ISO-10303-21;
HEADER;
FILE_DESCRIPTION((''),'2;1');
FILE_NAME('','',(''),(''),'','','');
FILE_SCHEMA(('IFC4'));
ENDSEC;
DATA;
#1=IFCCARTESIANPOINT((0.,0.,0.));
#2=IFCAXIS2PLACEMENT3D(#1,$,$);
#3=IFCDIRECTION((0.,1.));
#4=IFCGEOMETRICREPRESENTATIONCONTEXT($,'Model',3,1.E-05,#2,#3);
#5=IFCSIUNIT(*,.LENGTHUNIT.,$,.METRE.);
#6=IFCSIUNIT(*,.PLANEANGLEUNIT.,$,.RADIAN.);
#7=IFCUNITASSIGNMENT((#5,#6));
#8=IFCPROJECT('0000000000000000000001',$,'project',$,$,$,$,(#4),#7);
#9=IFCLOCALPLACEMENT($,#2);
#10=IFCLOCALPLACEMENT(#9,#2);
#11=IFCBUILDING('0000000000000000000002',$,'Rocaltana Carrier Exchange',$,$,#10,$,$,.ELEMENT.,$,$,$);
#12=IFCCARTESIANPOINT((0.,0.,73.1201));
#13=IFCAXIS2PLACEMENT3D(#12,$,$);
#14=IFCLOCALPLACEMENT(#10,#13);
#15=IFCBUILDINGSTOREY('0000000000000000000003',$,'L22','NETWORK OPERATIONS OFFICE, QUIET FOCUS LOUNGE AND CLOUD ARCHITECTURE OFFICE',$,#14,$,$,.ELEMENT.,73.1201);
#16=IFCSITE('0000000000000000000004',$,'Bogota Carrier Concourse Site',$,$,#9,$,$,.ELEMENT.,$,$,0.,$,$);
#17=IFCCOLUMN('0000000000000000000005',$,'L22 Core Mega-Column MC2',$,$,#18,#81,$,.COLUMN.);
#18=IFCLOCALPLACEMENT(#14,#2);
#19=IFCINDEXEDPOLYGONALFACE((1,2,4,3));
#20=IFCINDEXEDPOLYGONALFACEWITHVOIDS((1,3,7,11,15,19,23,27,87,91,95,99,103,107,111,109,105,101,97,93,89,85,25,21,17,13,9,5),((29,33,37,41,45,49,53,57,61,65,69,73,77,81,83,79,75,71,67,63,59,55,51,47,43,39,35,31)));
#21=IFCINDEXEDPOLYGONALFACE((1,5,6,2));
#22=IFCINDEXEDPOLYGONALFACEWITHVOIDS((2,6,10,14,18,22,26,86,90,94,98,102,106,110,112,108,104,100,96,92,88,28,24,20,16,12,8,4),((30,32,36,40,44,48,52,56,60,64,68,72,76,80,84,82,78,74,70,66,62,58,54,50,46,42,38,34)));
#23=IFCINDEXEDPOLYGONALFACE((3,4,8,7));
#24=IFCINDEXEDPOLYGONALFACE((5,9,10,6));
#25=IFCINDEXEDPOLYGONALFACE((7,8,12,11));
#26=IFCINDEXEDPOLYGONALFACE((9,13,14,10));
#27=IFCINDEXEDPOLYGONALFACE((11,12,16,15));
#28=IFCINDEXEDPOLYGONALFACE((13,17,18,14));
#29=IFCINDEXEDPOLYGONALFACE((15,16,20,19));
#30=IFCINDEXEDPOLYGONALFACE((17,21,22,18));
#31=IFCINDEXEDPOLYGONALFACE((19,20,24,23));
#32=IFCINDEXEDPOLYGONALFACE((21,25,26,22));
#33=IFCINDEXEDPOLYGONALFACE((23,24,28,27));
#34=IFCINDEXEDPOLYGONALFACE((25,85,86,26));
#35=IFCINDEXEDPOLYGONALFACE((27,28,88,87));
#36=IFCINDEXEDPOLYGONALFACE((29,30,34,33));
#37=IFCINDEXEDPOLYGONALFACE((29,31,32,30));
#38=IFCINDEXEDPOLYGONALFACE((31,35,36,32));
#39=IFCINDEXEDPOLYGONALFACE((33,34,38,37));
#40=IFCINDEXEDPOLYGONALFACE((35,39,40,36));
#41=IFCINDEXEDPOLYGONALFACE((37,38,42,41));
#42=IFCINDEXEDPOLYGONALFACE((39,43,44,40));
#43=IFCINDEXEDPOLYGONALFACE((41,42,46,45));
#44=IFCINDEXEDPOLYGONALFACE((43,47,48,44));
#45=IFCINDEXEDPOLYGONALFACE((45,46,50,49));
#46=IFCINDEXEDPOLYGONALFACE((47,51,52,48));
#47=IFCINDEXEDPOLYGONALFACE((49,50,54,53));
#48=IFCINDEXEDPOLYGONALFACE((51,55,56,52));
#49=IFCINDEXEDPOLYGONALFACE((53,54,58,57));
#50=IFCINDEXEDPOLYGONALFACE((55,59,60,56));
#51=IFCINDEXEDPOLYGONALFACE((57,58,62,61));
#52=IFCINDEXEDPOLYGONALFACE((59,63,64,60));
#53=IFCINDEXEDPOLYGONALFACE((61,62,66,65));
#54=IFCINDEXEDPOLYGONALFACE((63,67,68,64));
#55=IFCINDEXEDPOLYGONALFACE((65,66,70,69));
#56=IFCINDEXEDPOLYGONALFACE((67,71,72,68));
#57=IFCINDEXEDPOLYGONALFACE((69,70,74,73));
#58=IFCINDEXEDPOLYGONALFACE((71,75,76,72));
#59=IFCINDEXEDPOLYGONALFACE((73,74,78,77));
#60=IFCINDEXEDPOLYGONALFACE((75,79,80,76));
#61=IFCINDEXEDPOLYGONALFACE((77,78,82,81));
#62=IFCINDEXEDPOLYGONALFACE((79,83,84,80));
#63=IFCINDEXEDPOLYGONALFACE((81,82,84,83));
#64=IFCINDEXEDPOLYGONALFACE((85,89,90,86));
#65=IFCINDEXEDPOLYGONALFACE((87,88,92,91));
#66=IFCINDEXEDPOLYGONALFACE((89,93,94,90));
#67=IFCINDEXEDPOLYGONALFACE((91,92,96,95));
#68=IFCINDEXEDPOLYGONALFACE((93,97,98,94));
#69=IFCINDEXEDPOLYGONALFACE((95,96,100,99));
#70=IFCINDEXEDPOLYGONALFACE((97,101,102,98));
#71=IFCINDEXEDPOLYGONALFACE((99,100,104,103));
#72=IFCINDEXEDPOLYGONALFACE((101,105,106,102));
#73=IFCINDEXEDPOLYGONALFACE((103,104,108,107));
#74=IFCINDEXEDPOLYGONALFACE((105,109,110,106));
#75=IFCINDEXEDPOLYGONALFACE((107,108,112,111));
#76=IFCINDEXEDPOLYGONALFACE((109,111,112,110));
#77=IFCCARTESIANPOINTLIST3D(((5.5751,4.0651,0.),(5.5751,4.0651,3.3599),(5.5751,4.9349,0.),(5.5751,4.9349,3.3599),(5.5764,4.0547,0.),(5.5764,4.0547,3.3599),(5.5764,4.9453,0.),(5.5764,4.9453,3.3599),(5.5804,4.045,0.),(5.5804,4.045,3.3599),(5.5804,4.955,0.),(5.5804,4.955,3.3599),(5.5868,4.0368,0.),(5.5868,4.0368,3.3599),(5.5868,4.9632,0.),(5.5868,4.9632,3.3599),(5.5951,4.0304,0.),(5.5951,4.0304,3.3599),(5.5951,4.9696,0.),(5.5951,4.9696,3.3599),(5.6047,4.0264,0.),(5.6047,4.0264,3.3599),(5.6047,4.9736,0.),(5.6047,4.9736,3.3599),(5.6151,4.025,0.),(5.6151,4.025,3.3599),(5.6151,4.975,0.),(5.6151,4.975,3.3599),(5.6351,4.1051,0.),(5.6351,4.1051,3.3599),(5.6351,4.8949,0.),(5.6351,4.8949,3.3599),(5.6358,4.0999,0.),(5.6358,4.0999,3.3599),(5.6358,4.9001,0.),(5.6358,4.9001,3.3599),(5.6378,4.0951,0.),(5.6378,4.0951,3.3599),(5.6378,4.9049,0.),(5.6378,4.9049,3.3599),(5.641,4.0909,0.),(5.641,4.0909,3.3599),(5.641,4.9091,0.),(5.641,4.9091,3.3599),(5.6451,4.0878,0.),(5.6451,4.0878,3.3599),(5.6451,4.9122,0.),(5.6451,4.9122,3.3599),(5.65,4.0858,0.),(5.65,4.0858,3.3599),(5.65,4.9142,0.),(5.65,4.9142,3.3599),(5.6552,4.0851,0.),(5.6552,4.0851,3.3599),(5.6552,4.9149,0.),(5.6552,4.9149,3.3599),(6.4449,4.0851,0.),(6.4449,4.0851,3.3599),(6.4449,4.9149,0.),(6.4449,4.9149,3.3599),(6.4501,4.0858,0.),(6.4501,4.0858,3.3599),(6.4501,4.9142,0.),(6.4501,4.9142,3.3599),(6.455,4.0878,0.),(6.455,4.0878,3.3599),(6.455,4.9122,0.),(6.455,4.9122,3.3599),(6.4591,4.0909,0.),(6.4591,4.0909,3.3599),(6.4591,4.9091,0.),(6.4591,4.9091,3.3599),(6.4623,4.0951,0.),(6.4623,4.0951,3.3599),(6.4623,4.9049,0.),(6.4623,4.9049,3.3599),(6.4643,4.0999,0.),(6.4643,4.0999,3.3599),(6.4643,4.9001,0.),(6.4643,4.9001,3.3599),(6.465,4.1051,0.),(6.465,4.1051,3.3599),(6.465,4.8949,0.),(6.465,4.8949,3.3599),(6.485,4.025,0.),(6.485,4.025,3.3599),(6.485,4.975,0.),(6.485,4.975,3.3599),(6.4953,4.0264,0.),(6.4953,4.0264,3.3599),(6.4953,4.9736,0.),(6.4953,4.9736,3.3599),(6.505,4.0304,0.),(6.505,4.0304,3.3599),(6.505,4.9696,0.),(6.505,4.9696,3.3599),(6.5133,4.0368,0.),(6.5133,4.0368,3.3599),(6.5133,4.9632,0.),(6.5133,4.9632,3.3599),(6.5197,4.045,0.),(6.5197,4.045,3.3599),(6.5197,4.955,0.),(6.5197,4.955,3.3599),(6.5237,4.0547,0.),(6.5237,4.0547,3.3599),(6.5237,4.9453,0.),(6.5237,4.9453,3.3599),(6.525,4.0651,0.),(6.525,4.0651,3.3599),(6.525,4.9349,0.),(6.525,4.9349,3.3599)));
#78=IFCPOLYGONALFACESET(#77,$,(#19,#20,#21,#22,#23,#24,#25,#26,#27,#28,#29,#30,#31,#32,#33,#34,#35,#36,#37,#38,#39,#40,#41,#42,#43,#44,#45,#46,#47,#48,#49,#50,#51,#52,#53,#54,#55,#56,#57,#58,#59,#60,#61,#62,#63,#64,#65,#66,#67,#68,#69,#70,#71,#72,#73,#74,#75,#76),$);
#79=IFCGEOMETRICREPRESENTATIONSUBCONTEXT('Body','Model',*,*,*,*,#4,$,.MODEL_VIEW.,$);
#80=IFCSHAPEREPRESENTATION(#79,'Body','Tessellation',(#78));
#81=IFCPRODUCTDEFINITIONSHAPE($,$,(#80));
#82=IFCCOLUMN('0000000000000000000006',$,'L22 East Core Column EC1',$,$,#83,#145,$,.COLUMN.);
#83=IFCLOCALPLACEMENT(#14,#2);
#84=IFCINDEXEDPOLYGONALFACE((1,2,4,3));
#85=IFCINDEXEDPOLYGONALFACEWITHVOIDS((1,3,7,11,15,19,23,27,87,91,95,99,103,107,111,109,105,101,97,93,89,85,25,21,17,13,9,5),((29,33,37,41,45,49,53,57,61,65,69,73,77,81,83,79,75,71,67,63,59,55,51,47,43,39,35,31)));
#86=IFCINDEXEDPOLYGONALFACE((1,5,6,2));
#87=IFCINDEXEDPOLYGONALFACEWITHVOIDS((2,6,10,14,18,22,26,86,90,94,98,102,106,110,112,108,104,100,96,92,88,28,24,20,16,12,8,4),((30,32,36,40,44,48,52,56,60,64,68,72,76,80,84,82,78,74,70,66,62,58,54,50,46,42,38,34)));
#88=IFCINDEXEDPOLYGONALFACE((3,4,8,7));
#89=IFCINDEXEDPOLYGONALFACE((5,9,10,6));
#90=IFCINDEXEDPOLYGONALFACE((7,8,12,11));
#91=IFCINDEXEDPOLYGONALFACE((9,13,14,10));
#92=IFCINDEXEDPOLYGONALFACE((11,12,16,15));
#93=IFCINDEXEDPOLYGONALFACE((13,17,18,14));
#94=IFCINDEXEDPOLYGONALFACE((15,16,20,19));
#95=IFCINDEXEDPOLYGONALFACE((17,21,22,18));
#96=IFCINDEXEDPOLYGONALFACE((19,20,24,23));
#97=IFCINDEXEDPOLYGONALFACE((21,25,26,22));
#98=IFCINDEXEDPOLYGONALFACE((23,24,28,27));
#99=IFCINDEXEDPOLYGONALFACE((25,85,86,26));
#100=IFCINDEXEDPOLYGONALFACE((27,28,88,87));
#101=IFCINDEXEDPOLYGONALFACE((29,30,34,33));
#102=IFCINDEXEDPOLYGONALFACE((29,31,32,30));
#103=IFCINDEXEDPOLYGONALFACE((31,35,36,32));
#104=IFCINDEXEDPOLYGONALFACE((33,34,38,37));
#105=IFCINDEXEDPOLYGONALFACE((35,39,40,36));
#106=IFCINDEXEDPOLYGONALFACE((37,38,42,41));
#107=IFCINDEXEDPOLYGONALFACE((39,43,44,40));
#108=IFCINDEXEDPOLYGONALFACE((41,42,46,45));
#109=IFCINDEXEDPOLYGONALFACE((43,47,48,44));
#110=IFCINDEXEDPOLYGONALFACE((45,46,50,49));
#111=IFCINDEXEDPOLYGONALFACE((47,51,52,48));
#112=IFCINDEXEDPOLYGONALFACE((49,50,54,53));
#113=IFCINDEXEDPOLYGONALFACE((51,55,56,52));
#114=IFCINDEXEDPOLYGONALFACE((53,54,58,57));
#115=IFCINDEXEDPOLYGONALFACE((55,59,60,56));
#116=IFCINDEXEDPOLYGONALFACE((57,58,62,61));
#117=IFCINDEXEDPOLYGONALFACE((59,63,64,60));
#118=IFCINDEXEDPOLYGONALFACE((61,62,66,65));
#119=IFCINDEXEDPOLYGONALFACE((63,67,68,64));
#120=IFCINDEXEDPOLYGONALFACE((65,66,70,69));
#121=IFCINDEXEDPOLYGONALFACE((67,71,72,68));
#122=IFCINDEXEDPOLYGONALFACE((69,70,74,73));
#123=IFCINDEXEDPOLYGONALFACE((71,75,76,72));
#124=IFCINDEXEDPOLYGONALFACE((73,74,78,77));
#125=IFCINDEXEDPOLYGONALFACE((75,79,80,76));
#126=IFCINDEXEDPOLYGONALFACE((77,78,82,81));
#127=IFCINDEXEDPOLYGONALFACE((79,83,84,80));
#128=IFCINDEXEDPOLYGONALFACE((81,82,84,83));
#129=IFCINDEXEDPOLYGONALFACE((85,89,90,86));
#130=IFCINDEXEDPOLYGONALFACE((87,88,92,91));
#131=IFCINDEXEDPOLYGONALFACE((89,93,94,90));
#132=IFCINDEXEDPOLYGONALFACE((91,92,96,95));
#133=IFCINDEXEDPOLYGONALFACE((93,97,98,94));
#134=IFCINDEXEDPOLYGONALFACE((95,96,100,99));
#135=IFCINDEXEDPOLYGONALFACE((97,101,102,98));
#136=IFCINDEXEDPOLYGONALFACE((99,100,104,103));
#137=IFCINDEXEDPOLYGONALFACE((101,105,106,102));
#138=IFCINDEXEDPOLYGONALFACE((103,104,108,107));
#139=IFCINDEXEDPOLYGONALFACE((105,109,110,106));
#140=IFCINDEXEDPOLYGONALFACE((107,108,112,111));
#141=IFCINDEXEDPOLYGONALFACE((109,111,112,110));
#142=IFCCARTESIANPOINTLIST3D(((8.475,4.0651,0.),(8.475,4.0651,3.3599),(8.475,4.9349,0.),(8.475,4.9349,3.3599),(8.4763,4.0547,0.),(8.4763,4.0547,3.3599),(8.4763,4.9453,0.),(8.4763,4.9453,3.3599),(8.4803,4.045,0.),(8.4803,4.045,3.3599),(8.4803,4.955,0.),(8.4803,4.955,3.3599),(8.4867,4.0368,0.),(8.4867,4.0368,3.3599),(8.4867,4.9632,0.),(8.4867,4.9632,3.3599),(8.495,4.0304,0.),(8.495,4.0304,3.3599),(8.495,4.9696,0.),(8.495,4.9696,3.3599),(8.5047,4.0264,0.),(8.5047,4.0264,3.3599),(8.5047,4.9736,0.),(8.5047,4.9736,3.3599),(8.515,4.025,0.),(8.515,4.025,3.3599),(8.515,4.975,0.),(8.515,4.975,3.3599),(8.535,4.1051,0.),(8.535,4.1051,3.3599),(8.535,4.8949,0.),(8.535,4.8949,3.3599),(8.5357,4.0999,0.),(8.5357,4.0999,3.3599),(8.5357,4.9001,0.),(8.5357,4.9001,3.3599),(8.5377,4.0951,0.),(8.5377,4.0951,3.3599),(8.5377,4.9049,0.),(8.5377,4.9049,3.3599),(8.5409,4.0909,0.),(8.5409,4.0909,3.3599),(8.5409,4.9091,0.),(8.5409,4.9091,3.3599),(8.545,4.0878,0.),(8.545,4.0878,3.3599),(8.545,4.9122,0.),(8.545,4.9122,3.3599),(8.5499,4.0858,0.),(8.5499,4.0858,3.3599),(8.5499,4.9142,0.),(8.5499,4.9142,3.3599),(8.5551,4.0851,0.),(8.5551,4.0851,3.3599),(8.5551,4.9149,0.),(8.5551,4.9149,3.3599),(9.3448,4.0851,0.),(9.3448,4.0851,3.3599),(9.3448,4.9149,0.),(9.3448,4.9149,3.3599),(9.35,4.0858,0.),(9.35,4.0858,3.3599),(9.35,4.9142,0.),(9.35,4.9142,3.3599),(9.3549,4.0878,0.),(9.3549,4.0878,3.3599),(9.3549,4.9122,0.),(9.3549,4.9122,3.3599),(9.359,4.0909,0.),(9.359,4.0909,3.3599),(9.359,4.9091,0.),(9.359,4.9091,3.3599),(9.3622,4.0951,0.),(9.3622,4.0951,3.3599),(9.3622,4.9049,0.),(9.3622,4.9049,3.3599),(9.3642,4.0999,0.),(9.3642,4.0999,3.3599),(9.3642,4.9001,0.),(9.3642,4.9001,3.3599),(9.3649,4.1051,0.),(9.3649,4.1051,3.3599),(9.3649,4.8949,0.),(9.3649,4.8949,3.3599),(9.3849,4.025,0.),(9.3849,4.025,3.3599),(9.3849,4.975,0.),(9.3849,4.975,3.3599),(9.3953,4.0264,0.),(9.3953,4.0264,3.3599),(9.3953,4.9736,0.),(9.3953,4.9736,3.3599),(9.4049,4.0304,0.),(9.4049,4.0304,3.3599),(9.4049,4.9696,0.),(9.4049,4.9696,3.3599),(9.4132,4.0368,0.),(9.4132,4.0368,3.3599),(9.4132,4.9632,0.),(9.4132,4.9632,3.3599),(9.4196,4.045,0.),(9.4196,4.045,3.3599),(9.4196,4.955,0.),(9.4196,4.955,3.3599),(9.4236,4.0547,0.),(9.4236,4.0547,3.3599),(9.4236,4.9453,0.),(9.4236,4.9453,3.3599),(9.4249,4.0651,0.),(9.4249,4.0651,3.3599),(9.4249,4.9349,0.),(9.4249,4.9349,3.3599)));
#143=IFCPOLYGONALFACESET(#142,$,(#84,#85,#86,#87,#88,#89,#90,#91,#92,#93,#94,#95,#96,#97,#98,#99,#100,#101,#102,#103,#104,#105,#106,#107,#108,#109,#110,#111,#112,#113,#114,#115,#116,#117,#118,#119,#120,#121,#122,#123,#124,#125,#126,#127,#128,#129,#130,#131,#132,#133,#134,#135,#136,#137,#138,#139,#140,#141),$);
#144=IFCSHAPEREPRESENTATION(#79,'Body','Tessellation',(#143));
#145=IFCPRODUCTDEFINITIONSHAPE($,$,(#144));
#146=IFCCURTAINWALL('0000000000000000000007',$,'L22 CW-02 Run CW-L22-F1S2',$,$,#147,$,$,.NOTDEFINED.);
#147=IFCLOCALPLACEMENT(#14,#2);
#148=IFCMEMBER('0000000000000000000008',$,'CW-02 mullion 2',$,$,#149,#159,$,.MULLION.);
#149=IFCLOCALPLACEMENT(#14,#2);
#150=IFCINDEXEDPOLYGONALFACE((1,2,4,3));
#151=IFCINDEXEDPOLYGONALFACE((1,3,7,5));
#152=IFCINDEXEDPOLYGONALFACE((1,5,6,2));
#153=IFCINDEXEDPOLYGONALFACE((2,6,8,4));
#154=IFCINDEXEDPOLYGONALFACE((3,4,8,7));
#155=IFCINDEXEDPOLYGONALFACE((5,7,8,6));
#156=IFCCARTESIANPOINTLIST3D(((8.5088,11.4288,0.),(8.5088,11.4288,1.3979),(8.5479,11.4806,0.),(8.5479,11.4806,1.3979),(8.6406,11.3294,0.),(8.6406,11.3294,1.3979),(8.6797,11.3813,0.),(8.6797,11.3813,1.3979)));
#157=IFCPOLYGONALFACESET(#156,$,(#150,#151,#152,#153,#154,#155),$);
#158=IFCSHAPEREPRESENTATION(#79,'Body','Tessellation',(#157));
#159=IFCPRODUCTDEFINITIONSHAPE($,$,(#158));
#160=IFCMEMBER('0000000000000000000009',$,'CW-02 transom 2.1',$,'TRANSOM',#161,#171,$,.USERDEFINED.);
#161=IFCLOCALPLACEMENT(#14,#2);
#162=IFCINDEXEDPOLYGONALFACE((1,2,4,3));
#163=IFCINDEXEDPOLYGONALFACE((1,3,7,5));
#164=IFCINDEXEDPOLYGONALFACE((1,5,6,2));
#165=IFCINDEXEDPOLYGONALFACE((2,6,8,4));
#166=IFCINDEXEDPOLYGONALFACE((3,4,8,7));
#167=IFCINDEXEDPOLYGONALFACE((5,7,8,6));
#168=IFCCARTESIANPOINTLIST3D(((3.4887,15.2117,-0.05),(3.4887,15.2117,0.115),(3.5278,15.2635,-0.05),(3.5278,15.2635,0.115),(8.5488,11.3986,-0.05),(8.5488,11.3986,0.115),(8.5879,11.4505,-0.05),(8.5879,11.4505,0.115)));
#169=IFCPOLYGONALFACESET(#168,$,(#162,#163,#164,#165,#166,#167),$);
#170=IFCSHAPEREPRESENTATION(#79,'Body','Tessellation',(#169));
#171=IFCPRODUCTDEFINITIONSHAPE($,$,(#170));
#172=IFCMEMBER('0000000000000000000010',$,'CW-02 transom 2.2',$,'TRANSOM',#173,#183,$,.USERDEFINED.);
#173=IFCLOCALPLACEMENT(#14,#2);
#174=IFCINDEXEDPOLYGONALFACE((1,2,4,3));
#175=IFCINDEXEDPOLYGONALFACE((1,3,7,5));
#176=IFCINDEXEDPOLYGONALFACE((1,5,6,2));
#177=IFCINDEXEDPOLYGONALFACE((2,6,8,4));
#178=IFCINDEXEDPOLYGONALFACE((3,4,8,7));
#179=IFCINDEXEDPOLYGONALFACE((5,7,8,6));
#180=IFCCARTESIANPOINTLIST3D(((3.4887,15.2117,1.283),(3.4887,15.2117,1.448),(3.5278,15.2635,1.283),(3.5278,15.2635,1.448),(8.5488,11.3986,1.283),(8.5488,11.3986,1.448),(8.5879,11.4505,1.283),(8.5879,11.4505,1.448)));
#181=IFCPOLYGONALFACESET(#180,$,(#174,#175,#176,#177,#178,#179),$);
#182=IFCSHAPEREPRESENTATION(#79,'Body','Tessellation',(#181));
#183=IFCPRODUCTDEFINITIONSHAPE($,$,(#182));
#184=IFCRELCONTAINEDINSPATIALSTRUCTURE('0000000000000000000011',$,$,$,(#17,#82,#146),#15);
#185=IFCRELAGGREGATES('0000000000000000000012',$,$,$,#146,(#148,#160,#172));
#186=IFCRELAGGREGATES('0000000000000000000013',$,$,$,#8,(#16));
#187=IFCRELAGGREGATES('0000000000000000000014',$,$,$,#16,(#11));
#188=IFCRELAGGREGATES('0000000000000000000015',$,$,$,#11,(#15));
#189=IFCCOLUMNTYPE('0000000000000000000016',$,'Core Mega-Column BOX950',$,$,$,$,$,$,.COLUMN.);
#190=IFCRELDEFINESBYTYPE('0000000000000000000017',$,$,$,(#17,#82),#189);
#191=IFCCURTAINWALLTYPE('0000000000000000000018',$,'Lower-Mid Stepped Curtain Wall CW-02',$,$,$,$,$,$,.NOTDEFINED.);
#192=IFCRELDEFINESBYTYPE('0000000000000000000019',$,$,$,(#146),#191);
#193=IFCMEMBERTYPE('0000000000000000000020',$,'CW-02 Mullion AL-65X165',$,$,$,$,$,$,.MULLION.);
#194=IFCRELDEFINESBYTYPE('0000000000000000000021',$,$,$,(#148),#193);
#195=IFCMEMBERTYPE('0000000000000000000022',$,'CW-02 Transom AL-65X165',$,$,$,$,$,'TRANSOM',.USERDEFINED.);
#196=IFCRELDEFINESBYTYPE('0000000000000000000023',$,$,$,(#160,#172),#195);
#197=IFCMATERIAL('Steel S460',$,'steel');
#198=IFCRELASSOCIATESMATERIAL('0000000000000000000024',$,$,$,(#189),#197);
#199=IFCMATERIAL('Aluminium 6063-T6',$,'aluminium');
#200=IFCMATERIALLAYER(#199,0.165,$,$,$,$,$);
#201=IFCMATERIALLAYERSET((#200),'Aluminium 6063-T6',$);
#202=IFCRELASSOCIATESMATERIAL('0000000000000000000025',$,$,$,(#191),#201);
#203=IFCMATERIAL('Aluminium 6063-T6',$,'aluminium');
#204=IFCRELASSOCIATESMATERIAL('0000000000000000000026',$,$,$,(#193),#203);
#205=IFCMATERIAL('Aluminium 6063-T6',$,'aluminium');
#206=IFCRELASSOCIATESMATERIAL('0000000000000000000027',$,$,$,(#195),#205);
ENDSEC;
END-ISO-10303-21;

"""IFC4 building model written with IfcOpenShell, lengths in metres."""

from ifc_helpers import new_model, si_unit, direction, frame, origin, origin_2d, place, context, subcontext, project, spatial, rectangle, hollow_rectangle, extrude, material, layer, layer_set, material_profile, profile_set, type_object, element, aggregate, save


model = new_model("IFC4")

# Units and contexts
model_context = context("Model", 3, precision=1e-05, world=origin(), true_north=direction((0.0, 1.0)))
body_context = subcontext(model_context, "Body", "Model", "MODEL_VIEW")
ifc_project = project(units=[si_unit("LENGTHUNIT", "METRE"), si_unit("PLANEANGLEUNIT", "RADIAN")], contexts=[model_context])

# Site, building, storey
site_placement = place(None, origin())
site = spatial("IfcSite", under=ifc_project, at=site_placement, Name="Bogota Carrier Concourse Site", CompositionType="ELEMENT", RefElevation=0.0)
building_placement = place(site_placement, origin())
building = spatial("IfcBuilding", under=site, at=building_placement, Name="Rocaltana Carrier Exchange", CompositionType="ELEMENT")
storey_placement = place(building_placement, frame((0.0, 0.0, 73.1201)))
storey = spatial("IfcBuildingStorey", under=building, at=storey_placement, Name="L22", Description="NETWORK OPERATIONS OFFICE, QUIET FOCUS LOUNGE AND CLOUD ARCHITECTURE OFFICE", CompositionType="ELEMENT", Elevation=73.1201)

# Columns
ifc_material_1 = material(Name="Steel S460", Category="steel")
ifc_material_profile_1 = material_profile(ifc_material_1, hollow_rectangle(XDim=0.95, YDim=0.95, WallThickness=0.0601, InnerFilletRadius=0.02, OuterFilletRadius=0.04, at=origin_2d()), Name="BOX950X950X60")
ifc_profile_set_1 = profile_set([ifc_material_profile_1], Name="Steel S460")
column_type = type_object("IfcColumnType", Name="Core Mega-Column BOX950", PredefinedType="COLUMN", material=ifc_profile_set_1)
for number, where, z_axis, x_axis, name in (
    (1, (6.05, 4.5, 0.0), (0.0, 0.0, 1.0), (1.0, 0.0, 0.0), "L22 Core Mega-Column MC2"),
    (2, (8.95, 4.5, 0.0), (0.0, 0.0, 1.0), (1.0, 0.0, 0.0), "L22 East Core Column EC1"),
):
    element("IfcColumn", number, at=place(storey_placement, frame(where, z_axis=z_axis, x_axis=x_axis)), inside=storey, type_object=column_type, Name=name, PredefinedType="COLUMN", context=body_context, shape_type="SweptSolid", body=[
        extrude(hollow_rectangle(XDim=0.95, YDim=0.95, WallThickness=0.0601, InnerFilletRadius=0.02, OuterFilletRadius=0.04, at=origin_2d()), origin(), (0.0, 0.0, 1.0), 3.3599),
    ])

# Curtain wall, members
ifc_material_2 = material(Name="Aluminium 6063-T6", Category="aluminium")
ifc_layer_1 = layer(ifc_material_2, 0.165)
ifc_layer_set_1 = layer_set([ifc_layer_1], Name="Aluminium 6063-T6")
curtain_wall_type = type_object("IfcCurtainWallType", Name="Lower-Mid Stepped Curtain Wall CW-02", PredefinedType="NOTDEFINED", material=ifc_layer_set_1)
curtain_wall_placement = place(storey_placement, origin())
curtain_wall = element("IfcCurtainWall", 3, at=curtain_wall_placement, inside=storey, type_object=curtain_wall_type, Name="L22 CW-02 Run CW-L22-F1S2", PredefinedType="NOTDEFINED")
ifc_material_3 = material(Name="Aluminium 6063-T6", Category="aluminium")
ifc_material_profile_2 = material_profile(ifc_material_3, rectangle(XDim=0.0649, YDim=0.165, at=origin_2d()), Name="AL-65X165")
ifc_profile_set_2 = profile_set([ifc_material_profile_2], Name="Aluminium 6063-T6")
member_type_1 = type_object("IfcMemberType", Name="CW-02 Mullion AL-65X165", PredefinedType="MULLION", material=ifc_profile_set_2)
member_1_placement = place(storey_placement, frame((8.5942, 11.405, 0.0), z_axis=(0.0, 0.0, 1.0), x_axis=(-0.601815, -0.798635, 0.0)))
member_1 = element("IfcMember", 4, at=member_1_placement, type_object=member_type_1, Name="CW-02 mullion 2", PredefinedType="MULLION", context=body_context, shape_type="SweptSolid", body=[
    extrude(rectangle(XDim=0.0649, YDim=0.165, at=origin_2d()), origin(), (0.0, 0.0, 1.0), 1.3979),
])
ifc_material_4 = material(Name="Aluminium 6063-T6", Category="aluminium")
ifc_material_profile_3 = material_profile(ifc_material_4, rectangle(XDim=0.0649, YDim=0.165, at=origin_2d()), Name="AL-65X165")
ifc_profile_set_3 = profile_set([ifc_material_profile_3], Name="Aluminium 6063-T6")
member_type_2 = type_object("IfcMemberType", Name="CW-02 Transom AL-65X165", ElementType="TRANSOM", PredefinedType="USERDEFINED", material=ifc_profile_set_3)
member_2_placement = place(storey_placement, frame((8.5684, 11.4246, 0.0325), z_axis=(-0.798638, 0.601811, 0.0), x_axis=(-0.601811, -0.798638, 0.0)))
member_2 = element("IfcMember", 5, at=member_2_placement, type_object=member_type_2, Name="CW-02 transom 2.1", ObjectType="TRANSOM", PredefinedType="USERDEFINED", context=body_context, shape_type="SweptSolid", body=[
    extrude(rectangle(XDim=0.0649, YDim=0.165, at=origin_2d()), origin(), (0.0, 0.0, 1.0), 6.3359),
])
member_3_placement = place(storey_placement, frame((8.5684, 11.4246, 1.3655), z_axis=(-0.798638, 0.601811, 0.0), x_axis=(-0.601811, -0.798638, 0.0)))
member_3 = element("IfcMember", 6, at=member_3_placement, type_object=member_type_2, Name="CW-02 transom 2.2", ObjectType="TRANSOM", PredefinedType="USERDEFINED", context=body_context, shape_type="SweptSolid", body=[
    extrude(rectangle(XDim=0.0649, YDim=0.165, at=origin_2d()), origin(), (0.0, 0.0, 1.0), 6.3359),
])

aggregate(curtain_wall, [member_1, member_2, member_3])

save(model, "model.ifc")
